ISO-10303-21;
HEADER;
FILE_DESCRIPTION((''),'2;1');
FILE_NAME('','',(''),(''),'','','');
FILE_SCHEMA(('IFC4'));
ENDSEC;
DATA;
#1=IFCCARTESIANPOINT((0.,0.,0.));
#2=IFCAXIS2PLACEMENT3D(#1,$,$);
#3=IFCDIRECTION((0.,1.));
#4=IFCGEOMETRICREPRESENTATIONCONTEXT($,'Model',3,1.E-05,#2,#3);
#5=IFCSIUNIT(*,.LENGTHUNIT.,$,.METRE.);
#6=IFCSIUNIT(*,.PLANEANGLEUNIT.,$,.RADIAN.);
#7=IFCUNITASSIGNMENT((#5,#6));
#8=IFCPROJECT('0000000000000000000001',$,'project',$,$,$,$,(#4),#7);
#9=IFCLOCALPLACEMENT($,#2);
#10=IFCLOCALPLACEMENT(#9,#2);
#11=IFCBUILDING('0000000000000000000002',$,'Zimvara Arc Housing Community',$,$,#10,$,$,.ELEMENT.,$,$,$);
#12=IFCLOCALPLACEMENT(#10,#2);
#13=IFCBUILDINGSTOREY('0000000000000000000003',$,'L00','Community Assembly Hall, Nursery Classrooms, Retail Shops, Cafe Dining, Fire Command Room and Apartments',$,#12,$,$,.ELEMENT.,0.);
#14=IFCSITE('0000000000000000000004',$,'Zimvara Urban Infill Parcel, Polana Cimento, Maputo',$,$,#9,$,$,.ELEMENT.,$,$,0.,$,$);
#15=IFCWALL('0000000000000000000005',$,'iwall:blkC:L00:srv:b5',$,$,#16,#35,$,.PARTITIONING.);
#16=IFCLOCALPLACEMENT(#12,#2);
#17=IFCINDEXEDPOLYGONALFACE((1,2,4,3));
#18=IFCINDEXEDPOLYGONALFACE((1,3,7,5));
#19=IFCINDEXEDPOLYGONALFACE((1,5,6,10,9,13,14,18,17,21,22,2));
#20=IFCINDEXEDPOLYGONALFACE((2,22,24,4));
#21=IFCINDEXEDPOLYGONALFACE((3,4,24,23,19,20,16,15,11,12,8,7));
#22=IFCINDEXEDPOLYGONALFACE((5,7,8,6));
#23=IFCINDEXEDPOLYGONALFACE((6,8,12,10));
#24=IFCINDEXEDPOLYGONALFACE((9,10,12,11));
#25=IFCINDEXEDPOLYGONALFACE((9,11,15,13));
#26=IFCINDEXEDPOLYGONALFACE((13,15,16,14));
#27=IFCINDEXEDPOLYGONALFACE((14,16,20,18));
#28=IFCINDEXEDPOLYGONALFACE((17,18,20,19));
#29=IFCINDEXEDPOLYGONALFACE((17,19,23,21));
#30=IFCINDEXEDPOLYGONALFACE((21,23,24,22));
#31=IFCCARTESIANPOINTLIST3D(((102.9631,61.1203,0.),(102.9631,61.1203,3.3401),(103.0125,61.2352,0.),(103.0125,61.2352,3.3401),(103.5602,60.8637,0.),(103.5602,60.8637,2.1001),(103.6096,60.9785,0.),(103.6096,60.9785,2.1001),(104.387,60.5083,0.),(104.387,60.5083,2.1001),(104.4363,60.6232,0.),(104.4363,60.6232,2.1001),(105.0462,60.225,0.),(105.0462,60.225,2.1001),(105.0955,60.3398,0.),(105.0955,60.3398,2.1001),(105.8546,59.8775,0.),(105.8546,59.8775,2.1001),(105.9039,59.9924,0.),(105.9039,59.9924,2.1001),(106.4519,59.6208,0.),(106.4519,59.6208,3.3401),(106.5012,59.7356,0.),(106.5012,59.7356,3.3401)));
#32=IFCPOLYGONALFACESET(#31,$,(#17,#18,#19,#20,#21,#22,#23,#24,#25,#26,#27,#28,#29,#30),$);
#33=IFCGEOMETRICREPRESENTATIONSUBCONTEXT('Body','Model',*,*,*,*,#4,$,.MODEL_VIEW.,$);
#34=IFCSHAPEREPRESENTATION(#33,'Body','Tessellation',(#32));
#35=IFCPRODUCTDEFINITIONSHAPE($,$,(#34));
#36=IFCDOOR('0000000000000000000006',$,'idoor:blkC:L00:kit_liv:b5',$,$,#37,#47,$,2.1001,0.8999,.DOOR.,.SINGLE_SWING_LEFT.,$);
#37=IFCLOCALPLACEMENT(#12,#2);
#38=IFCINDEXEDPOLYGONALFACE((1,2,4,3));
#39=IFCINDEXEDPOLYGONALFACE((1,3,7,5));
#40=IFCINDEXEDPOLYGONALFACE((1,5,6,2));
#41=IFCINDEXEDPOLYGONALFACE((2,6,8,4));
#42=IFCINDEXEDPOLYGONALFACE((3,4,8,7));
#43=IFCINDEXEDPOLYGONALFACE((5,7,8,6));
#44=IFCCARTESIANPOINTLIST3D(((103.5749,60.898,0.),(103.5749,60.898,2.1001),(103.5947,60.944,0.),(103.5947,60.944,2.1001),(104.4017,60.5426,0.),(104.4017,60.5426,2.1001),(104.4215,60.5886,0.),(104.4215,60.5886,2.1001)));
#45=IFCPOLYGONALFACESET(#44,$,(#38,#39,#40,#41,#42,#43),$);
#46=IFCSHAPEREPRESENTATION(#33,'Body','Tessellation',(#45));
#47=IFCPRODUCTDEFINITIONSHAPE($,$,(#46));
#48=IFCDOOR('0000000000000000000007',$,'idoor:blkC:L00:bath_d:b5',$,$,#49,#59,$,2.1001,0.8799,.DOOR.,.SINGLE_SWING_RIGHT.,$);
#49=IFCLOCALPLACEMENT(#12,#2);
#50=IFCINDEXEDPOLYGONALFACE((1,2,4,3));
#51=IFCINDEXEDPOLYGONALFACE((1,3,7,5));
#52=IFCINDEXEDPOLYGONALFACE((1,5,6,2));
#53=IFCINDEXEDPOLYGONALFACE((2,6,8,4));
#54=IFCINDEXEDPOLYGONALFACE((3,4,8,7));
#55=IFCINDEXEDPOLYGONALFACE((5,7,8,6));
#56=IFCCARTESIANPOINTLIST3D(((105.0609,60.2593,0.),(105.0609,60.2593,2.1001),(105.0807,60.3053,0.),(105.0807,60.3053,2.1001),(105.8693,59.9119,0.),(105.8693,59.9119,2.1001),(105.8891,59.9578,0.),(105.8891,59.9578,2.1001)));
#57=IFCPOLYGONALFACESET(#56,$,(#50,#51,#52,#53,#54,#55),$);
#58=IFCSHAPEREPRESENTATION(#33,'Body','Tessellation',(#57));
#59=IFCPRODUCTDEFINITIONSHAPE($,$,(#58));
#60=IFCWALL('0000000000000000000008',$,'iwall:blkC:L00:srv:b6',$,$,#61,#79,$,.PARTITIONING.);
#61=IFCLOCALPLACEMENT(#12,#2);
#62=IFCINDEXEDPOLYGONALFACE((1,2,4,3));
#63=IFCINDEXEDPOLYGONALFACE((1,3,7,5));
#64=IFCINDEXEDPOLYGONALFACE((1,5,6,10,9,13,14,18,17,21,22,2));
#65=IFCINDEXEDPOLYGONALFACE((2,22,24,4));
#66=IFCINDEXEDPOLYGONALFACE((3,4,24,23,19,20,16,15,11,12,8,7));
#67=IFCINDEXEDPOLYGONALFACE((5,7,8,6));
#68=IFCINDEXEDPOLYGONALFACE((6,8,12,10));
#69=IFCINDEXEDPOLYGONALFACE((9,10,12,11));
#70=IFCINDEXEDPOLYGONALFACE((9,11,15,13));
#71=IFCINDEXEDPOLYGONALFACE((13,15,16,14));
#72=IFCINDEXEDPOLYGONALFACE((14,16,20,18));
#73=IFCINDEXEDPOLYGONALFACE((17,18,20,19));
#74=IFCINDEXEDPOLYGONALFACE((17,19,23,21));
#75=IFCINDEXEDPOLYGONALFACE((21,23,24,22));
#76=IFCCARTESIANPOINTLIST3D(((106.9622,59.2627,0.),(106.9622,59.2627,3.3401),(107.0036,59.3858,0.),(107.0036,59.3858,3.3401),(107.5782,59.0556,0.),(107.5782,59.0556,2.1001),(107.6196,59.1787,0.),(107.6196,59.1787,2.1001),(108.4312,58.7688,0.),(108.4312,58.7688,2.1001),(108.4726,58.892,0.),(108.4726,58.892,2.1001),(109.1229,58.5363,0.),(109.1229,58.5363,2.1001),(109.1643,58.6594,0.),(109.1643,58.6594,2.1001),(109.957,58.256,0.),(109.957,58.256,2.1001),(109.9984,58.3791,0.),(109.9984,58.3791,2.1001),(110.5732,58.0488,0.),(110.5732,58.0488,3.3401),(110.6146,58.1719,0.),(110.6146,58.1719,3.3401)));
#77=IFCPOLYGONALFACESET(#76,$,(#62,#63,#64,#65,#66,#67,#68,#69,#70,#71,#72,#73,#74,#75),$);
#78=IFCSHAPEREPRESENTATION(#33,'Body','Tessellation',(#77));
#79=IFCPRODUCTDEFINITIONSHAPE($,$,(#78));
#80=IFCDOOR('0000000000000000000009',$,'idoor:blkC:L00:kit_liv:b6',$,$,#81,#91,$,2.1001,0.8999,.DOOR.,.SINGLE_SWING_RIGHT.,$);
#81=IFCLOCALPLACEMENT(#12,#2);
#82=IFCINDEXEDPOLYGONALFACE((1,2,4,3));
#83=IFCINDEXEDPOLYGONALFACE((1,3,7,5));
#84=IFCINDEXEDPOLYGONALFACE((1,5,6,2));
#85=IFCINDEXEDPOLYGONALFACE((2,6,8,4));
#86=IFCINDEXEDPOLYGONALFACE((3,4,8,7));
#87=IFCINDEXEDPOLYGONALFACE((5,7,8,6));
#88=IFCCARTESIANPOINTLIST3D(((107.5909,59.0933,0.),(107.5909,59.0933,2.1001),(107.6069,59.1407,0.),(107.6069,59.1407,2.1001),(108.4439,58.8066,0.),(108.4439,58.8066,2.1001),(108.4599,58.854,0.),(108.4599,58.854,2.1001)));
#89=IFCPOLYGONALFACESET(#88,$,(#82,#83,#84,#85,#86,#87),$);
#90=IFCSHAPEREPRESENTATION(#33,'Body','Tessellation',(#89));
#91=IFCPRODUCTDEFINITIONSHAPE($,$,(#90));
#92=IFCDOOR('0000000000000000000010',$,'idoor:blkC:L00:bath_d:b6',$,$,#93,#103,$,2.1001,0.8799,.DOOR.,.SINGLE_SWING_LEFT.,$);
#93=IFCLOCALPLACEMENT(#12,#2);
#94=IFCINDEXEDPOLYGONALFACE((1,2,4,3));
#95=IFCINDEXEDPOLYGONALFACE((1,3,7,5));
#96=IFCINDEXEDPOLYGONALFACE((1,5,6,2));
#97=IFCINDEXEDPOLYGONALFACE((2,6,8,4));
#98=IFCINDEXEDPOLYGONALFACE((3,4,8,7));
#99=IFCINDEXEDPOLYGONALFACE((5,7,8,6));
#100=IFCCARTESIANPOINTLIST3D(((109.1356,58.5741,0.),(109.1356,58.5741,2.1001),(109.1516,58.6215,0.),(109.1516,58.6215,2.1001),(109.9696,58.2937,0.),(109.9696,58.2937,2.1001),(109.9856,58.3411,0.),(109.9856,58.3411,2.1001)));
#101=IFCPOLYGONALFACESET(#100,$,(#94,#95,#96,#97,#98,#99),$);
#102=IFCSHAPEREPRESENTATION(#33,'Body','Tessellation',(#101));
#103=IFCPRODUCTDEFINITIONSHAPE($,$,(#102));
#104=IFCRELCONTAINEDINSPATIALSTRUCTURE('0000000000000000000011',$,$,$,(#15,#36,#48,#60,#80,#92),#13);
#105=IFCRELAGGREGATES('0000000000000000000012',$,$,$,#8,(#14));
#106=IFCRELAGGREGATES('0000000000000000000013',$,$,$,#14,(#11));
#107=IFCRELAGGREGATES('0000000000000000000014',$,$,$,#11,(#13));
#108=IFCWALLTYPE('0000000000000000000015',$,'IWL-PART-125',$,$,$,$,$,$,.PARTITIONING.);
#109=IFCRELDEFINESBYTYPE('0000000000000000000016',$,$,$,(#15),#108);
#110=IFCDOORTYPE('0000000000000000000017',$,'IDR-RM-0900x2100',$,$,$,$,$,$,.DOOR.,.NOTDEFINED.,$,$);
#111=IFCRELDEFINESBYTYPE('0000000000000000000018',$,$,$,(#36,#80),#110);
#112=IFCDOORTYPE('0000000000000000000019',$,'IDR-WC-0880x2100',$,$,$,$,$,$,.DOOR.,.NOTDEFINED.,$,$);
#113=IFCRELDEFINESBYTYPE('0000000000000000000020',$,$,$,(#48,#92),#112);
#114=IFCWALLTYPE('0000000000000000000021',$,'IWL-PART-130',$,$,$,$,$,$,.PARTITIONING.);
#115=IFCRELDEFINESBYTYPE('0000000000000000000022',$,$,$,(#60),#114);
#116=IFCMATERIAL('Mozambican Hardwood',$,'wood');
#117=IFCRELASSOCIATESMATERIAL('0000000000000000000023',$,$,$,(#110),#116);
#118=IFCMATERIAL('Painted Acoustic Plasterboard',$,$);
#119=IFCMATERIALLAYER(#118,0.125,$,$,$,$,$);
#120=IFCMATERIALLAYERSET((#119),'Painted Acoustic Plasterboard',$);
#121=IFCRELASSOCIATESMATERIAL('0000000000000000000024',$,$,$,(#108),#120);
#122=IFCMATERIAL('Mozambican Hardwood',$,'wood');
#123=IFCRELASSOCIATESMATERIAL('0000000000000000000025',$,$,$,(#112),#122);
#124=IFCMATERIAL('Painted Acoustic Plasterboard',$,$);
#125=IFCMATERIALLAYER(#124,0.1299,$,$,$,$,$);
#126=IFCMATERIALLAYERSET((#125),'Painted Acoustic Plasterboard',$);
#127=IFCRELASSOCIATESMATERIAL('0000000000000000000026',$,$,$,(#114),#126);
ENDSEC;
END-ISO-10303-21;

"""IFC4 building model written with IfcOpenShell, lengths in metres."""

from ifc_helpers import new_model, si_unit, direction, frame, frame_2d, origin, place, context, subcontext, project, spatial, rectangle, extrude, material, layer, layer_set, type_object, element, fill, save


model = new_model("IFC4")

# Units and contexts
model_context = context("Model", 3, precision=1e-05, world=origin(), true_north=direction((0.0, 1.0)))
body_context = subcontext(model_context, "Body", "Model", "MODEL_VIEW")
ifc_project = project(units=[si_unit("LENGTHUNIT", "METRE"), si_unit("PLANEANGLEUNIT", "RADIAN")], contexts=[model_context])

# Site, building, storey
site_placement = place(None, origin())
site = spatial("IfcSite", under=ifc_project, at=site_placement, Name="Zimvara Urban Infill Parcel, Polana Cimento, Maputo", CompositionType="ELEMENT", RefElevation=0.0)
building_placement = place(site_placement, origin())
building = spatial("IfcBuilding", under=site, at=building_placement, Name="Zimvara Arc Housing Community", CompositionType="ELEMENT")
storey_placement = place(building_placement, origin())
storey = spatial("IfcBuildingStorey", under=building, at=storey_placement, Name="L00", Description="Community Assembly Hall, Nursery Classrooms, Retail Shops, Cafe Dining, Fire Command Room and Apartments", CompositionType="ELEMENT", Elevation=0.0)

# Shared definitions
ifc_material_1 = material(Name="Mozambican Hardwood", Category="wood")
door_type_1 = type_object("IfcDoorType", Name="IDR-RM-0900x2100", OperationType="NOTDEFINED", PredefinedType="DOOR", material=ifc_material_1)

# Walls, openings, doors
ifc_material_2 = material(Name="Painted Acoustic Plasterboard")
ifc_layer_1 = layer(ifc_material_2, 0.125)
ifc_layer_set_1 = layer_set([ifc_layer_1], Name="Painted Acoustic Plasterboard")
wall_type_1 = type_object("IfcWallType", Name="IWL-PART-125", PredefinedType="PARTITIONING", material=ifc_layer_set_1)
wall_1_placement = place(storey_placement, frame((102.9878, 61.1777, 0.0), z_axis=(0.0, 0.0, 1.0), x_axis=(0.918732, -0.394881, 0.0)))
wall_1 = element("IfcWall", 1, at=wall_1_placement, inside=storey, type_object=wall_type_1, Name="iwall:blkC:L00:srv:b5", PredefinedType="PARTITIONING", context=body_context, shape_type="SweptSolid", body=[
    extrude(rectangle(XDim=3.7974, YDim=0.125, at=frame_2d((1.8987, 0.0))), origin(), (0.0, 0.0, 1.0), 3.3401),
])
opening_1_placement = place(wall_1_placement, frame((0.6499, 0.0, 0.0)))
opening_1 = element("IfcOpeningElement", 2, at=opening_1_placement, cuts=wall_1, PredefinedType="OPENING", context=body_context, shape_type="SweptSolid", body=[
    extrude(rectangle(XDim=0.8999, YDim=2.1001, at=frame_2d((0.45, 1.05))), frame((0.0, 0.0725, 0.0), z_axis=(0.0, -1.0, 0.0), x_axis=(1.0, 0.0, 0.0)), (0.0, 0.0, 1.0), 0.145),
])
opening_2_placement = place(wall_1_placement, frame((2.2673, 0.0, 0.0)))
opening_2 = element("IfcOpeningElement", 3, at=opening_2_placement, cuts=wall_1, PredefinedType="OPENING", context=body_context, shape_type="SweptSolid", body=[
    extrude(rectangle(XDim=0.8799, YDim=2.1001, at=frame_2d((0.4399, 1.05))), frame((0.0, 0.0725, 0.0), z_axis=(0.0, -1.0, 0.0), x_axis=(1.0, 0.0, 0.0)), (0.0, 0.0, 1.0), 0.145),
])
door_1_placement = place(opening_1_placement, origin())
door_1 = element("IfcDoor", 4, at=door_1_placement, inside=storey, type_object=door_type_1, Name="idoor:blkC:L00:kit_liv:b5", OperationType="SINGLE_SWING_LEFT", OverallHeight=2.1001, OverallWidth=0.8999, PredefinedType="DOOR", context=body_context, shape_type="SweptSolid", body=[
    extrude(rectangle(XDim=0.8999, YDim=2.1001, at=frame_2d((0.45, 1.05))), frame((0.0, 0.0249, 0.0), z_axis=(0.0, -1.0, 0.0), x_axis=(1.0, 0.0, 0.0)), (0.0, 0.0, 1.0), 0.05),
])
fill(opening_1, door_1)
ifc_material_3 = material(Name="Mozambican Hardwood", Category="wood")
door_type_2 = type_object("IfcDoorType", Name="IDR-WC-0880x2100", OperationType="NOTDEFINED", PredefinedType="DOOR", material=ifc_material_3)
door_2_placement = place(opening_2_placement, origin())
door_2 = element("IfcDoor", 5, at=door_2_placement, inside=storey, type_object=door_type_2, Name="idoor:blkC:L00:bath_d:b5", OperationType="SINGLE_SWING_RIGHT", OverallHeight=2.1001, OverallWidth=0.8799, PredefinedType="DOOR", context=body_context, shape_type="SweptSolid", body=[
    extrude(rectangle(XDim=0.8799, YDim=2.1001, at=frame_2d((0.4399, 1.05))), frame((0.0, 0.0249, 0.0), z_axis=(0.0, -1.0, 0.0), x_axis=(1.0, 0.0, 0.0)), (0.0, 0.0, 1.0), 0.05),
])
fill(opening_2, door_2)
ifc_material_4 = material(Name="Painted Acoustic Plasterboard")
ifc_layer_2 = layer(ifc_material_4, 0.1299)
ifc_layer_set_2 = layer_set([ifc_layer_2], Name="Painted Acoustic Plasterboard")
wall_type_2 = type_object("IfcWallType", Name="IWL-PART-130", PredefinedType="PARTITIONING", material=ifc_layer_set_2)
wall_2_placement = place(storey_placement, frame((106.9829, 59.3242, 0.0), z_axis=(0.0, 0.0, 1.0), x_axis=(0.947879, -0.31863, 0.0)))
wall_2 = element("IfcWall", 6, at=wall_2_placement, inside=storey, type_object=wall_type_2, Name="iwall:blkC:L00:srv:b6", PredefinedType="PARTITIONING", context=body_context, shape_type="SweptSolid", body=[
    extrude(rectangle(XDim=3.8096, YDim=0.1299, at=frame_2d((1.9048, 0.0))), origin(), (0.0, 0.0, 1.0), 3.3401),
])
opening_3_placement = place(wall_2_placement, frame((0.6499, 0.0, 0.0)))
opening_3 = element("IfcOpeningElement", 7, at=opening_3_placement, cuts=wall_2, PredefinedType="OPENING", context=body_context, shape_type="SweptSolid", body=[
    extrude(rectangle(XDim=0.8999, YDim=2.1001, at=frame_2d((0.45, 1.05))), frame((0.0, 0.075, 0.0), z_axis=(0.0, -1.0, 0.0), x_axis=(1.0, 0.0, 0.0)), (0.0, 0.0, 1.0), 0.1499),
])
opening_4_placement = place(wall_2_placement, frame((2.2795, 0.0, 0.0)))
opening_4 = element("IfcOpeningElement", 8, at=opening_4_placement, cuts=wall_2, PredefinedType="OPENING", context=body_context, shape_type="SweptSolid", body=[
    extrude(rectangle(XDim=0.8799, YDim=2.1001, at=frame_2d((0.4399, 1.05))), frame((0.0, 0.075, 0.0), z_axis=(0.0, -1.0, 0.0), x_axis=(1.0, 0.0, 0.0)), (0.0, 0.0, 1.0), 0.1499),
])
door_3_placement = place(opening_3_placement, origin())
door_3 = element("IfcDoor", 9, at=door_3_placement, inside=storey, type_object=door_type_1, Name="idoor:blkC:L00:kit_liv:b6", OperationType="SINGLE_SWING_RIGHT", OverallHeight=2.1001, OverallWidth=0.8999, PredefinedType="DOOR", context=body_context, shape_type="SweptSolid", body=[
    extrude(rectangle(XDim=0.8999, YDim=2.1001, at=frame_2d((0.45, 1.05))), frame((0.0, 0.0249, 0.0), z_axis=(0.0, -1.0, 0.0), x_axis=(1.0, 0.0, 0.0)), (0.0, 0.0, 1.0), 0.05),
])
fill(opening_3, door_3)
door_4_placement = place(opening_4_placement, origin())
door_4 = element("IfcDoor", 10, at=door_4_placement, inside=storey, type_object=door_type_2, Name="idoor:blkC:L00:bath_d:b6", OperationType="SINGLE_SWING_LEFT", OverallHeight=2.1001, OverallWidth=0.8799, PredefinedType="DOOR", context=body_context, shape_type="SweptSolid", body=[
    extrude(rectangle(XDim=0.8799, YDim=2.1001, at=frame_2d((0.4399, 1.05))), frame((0.0, 0.0249, 0.0), z_axis=(0.0, -1.0, 0.0), x_axis=(1.0, 0.0, 0.0)), (0.0, 0.0, 1.0), 0.05),
])
fill(opening_4, door_4)

save(model, "model.ifc")
